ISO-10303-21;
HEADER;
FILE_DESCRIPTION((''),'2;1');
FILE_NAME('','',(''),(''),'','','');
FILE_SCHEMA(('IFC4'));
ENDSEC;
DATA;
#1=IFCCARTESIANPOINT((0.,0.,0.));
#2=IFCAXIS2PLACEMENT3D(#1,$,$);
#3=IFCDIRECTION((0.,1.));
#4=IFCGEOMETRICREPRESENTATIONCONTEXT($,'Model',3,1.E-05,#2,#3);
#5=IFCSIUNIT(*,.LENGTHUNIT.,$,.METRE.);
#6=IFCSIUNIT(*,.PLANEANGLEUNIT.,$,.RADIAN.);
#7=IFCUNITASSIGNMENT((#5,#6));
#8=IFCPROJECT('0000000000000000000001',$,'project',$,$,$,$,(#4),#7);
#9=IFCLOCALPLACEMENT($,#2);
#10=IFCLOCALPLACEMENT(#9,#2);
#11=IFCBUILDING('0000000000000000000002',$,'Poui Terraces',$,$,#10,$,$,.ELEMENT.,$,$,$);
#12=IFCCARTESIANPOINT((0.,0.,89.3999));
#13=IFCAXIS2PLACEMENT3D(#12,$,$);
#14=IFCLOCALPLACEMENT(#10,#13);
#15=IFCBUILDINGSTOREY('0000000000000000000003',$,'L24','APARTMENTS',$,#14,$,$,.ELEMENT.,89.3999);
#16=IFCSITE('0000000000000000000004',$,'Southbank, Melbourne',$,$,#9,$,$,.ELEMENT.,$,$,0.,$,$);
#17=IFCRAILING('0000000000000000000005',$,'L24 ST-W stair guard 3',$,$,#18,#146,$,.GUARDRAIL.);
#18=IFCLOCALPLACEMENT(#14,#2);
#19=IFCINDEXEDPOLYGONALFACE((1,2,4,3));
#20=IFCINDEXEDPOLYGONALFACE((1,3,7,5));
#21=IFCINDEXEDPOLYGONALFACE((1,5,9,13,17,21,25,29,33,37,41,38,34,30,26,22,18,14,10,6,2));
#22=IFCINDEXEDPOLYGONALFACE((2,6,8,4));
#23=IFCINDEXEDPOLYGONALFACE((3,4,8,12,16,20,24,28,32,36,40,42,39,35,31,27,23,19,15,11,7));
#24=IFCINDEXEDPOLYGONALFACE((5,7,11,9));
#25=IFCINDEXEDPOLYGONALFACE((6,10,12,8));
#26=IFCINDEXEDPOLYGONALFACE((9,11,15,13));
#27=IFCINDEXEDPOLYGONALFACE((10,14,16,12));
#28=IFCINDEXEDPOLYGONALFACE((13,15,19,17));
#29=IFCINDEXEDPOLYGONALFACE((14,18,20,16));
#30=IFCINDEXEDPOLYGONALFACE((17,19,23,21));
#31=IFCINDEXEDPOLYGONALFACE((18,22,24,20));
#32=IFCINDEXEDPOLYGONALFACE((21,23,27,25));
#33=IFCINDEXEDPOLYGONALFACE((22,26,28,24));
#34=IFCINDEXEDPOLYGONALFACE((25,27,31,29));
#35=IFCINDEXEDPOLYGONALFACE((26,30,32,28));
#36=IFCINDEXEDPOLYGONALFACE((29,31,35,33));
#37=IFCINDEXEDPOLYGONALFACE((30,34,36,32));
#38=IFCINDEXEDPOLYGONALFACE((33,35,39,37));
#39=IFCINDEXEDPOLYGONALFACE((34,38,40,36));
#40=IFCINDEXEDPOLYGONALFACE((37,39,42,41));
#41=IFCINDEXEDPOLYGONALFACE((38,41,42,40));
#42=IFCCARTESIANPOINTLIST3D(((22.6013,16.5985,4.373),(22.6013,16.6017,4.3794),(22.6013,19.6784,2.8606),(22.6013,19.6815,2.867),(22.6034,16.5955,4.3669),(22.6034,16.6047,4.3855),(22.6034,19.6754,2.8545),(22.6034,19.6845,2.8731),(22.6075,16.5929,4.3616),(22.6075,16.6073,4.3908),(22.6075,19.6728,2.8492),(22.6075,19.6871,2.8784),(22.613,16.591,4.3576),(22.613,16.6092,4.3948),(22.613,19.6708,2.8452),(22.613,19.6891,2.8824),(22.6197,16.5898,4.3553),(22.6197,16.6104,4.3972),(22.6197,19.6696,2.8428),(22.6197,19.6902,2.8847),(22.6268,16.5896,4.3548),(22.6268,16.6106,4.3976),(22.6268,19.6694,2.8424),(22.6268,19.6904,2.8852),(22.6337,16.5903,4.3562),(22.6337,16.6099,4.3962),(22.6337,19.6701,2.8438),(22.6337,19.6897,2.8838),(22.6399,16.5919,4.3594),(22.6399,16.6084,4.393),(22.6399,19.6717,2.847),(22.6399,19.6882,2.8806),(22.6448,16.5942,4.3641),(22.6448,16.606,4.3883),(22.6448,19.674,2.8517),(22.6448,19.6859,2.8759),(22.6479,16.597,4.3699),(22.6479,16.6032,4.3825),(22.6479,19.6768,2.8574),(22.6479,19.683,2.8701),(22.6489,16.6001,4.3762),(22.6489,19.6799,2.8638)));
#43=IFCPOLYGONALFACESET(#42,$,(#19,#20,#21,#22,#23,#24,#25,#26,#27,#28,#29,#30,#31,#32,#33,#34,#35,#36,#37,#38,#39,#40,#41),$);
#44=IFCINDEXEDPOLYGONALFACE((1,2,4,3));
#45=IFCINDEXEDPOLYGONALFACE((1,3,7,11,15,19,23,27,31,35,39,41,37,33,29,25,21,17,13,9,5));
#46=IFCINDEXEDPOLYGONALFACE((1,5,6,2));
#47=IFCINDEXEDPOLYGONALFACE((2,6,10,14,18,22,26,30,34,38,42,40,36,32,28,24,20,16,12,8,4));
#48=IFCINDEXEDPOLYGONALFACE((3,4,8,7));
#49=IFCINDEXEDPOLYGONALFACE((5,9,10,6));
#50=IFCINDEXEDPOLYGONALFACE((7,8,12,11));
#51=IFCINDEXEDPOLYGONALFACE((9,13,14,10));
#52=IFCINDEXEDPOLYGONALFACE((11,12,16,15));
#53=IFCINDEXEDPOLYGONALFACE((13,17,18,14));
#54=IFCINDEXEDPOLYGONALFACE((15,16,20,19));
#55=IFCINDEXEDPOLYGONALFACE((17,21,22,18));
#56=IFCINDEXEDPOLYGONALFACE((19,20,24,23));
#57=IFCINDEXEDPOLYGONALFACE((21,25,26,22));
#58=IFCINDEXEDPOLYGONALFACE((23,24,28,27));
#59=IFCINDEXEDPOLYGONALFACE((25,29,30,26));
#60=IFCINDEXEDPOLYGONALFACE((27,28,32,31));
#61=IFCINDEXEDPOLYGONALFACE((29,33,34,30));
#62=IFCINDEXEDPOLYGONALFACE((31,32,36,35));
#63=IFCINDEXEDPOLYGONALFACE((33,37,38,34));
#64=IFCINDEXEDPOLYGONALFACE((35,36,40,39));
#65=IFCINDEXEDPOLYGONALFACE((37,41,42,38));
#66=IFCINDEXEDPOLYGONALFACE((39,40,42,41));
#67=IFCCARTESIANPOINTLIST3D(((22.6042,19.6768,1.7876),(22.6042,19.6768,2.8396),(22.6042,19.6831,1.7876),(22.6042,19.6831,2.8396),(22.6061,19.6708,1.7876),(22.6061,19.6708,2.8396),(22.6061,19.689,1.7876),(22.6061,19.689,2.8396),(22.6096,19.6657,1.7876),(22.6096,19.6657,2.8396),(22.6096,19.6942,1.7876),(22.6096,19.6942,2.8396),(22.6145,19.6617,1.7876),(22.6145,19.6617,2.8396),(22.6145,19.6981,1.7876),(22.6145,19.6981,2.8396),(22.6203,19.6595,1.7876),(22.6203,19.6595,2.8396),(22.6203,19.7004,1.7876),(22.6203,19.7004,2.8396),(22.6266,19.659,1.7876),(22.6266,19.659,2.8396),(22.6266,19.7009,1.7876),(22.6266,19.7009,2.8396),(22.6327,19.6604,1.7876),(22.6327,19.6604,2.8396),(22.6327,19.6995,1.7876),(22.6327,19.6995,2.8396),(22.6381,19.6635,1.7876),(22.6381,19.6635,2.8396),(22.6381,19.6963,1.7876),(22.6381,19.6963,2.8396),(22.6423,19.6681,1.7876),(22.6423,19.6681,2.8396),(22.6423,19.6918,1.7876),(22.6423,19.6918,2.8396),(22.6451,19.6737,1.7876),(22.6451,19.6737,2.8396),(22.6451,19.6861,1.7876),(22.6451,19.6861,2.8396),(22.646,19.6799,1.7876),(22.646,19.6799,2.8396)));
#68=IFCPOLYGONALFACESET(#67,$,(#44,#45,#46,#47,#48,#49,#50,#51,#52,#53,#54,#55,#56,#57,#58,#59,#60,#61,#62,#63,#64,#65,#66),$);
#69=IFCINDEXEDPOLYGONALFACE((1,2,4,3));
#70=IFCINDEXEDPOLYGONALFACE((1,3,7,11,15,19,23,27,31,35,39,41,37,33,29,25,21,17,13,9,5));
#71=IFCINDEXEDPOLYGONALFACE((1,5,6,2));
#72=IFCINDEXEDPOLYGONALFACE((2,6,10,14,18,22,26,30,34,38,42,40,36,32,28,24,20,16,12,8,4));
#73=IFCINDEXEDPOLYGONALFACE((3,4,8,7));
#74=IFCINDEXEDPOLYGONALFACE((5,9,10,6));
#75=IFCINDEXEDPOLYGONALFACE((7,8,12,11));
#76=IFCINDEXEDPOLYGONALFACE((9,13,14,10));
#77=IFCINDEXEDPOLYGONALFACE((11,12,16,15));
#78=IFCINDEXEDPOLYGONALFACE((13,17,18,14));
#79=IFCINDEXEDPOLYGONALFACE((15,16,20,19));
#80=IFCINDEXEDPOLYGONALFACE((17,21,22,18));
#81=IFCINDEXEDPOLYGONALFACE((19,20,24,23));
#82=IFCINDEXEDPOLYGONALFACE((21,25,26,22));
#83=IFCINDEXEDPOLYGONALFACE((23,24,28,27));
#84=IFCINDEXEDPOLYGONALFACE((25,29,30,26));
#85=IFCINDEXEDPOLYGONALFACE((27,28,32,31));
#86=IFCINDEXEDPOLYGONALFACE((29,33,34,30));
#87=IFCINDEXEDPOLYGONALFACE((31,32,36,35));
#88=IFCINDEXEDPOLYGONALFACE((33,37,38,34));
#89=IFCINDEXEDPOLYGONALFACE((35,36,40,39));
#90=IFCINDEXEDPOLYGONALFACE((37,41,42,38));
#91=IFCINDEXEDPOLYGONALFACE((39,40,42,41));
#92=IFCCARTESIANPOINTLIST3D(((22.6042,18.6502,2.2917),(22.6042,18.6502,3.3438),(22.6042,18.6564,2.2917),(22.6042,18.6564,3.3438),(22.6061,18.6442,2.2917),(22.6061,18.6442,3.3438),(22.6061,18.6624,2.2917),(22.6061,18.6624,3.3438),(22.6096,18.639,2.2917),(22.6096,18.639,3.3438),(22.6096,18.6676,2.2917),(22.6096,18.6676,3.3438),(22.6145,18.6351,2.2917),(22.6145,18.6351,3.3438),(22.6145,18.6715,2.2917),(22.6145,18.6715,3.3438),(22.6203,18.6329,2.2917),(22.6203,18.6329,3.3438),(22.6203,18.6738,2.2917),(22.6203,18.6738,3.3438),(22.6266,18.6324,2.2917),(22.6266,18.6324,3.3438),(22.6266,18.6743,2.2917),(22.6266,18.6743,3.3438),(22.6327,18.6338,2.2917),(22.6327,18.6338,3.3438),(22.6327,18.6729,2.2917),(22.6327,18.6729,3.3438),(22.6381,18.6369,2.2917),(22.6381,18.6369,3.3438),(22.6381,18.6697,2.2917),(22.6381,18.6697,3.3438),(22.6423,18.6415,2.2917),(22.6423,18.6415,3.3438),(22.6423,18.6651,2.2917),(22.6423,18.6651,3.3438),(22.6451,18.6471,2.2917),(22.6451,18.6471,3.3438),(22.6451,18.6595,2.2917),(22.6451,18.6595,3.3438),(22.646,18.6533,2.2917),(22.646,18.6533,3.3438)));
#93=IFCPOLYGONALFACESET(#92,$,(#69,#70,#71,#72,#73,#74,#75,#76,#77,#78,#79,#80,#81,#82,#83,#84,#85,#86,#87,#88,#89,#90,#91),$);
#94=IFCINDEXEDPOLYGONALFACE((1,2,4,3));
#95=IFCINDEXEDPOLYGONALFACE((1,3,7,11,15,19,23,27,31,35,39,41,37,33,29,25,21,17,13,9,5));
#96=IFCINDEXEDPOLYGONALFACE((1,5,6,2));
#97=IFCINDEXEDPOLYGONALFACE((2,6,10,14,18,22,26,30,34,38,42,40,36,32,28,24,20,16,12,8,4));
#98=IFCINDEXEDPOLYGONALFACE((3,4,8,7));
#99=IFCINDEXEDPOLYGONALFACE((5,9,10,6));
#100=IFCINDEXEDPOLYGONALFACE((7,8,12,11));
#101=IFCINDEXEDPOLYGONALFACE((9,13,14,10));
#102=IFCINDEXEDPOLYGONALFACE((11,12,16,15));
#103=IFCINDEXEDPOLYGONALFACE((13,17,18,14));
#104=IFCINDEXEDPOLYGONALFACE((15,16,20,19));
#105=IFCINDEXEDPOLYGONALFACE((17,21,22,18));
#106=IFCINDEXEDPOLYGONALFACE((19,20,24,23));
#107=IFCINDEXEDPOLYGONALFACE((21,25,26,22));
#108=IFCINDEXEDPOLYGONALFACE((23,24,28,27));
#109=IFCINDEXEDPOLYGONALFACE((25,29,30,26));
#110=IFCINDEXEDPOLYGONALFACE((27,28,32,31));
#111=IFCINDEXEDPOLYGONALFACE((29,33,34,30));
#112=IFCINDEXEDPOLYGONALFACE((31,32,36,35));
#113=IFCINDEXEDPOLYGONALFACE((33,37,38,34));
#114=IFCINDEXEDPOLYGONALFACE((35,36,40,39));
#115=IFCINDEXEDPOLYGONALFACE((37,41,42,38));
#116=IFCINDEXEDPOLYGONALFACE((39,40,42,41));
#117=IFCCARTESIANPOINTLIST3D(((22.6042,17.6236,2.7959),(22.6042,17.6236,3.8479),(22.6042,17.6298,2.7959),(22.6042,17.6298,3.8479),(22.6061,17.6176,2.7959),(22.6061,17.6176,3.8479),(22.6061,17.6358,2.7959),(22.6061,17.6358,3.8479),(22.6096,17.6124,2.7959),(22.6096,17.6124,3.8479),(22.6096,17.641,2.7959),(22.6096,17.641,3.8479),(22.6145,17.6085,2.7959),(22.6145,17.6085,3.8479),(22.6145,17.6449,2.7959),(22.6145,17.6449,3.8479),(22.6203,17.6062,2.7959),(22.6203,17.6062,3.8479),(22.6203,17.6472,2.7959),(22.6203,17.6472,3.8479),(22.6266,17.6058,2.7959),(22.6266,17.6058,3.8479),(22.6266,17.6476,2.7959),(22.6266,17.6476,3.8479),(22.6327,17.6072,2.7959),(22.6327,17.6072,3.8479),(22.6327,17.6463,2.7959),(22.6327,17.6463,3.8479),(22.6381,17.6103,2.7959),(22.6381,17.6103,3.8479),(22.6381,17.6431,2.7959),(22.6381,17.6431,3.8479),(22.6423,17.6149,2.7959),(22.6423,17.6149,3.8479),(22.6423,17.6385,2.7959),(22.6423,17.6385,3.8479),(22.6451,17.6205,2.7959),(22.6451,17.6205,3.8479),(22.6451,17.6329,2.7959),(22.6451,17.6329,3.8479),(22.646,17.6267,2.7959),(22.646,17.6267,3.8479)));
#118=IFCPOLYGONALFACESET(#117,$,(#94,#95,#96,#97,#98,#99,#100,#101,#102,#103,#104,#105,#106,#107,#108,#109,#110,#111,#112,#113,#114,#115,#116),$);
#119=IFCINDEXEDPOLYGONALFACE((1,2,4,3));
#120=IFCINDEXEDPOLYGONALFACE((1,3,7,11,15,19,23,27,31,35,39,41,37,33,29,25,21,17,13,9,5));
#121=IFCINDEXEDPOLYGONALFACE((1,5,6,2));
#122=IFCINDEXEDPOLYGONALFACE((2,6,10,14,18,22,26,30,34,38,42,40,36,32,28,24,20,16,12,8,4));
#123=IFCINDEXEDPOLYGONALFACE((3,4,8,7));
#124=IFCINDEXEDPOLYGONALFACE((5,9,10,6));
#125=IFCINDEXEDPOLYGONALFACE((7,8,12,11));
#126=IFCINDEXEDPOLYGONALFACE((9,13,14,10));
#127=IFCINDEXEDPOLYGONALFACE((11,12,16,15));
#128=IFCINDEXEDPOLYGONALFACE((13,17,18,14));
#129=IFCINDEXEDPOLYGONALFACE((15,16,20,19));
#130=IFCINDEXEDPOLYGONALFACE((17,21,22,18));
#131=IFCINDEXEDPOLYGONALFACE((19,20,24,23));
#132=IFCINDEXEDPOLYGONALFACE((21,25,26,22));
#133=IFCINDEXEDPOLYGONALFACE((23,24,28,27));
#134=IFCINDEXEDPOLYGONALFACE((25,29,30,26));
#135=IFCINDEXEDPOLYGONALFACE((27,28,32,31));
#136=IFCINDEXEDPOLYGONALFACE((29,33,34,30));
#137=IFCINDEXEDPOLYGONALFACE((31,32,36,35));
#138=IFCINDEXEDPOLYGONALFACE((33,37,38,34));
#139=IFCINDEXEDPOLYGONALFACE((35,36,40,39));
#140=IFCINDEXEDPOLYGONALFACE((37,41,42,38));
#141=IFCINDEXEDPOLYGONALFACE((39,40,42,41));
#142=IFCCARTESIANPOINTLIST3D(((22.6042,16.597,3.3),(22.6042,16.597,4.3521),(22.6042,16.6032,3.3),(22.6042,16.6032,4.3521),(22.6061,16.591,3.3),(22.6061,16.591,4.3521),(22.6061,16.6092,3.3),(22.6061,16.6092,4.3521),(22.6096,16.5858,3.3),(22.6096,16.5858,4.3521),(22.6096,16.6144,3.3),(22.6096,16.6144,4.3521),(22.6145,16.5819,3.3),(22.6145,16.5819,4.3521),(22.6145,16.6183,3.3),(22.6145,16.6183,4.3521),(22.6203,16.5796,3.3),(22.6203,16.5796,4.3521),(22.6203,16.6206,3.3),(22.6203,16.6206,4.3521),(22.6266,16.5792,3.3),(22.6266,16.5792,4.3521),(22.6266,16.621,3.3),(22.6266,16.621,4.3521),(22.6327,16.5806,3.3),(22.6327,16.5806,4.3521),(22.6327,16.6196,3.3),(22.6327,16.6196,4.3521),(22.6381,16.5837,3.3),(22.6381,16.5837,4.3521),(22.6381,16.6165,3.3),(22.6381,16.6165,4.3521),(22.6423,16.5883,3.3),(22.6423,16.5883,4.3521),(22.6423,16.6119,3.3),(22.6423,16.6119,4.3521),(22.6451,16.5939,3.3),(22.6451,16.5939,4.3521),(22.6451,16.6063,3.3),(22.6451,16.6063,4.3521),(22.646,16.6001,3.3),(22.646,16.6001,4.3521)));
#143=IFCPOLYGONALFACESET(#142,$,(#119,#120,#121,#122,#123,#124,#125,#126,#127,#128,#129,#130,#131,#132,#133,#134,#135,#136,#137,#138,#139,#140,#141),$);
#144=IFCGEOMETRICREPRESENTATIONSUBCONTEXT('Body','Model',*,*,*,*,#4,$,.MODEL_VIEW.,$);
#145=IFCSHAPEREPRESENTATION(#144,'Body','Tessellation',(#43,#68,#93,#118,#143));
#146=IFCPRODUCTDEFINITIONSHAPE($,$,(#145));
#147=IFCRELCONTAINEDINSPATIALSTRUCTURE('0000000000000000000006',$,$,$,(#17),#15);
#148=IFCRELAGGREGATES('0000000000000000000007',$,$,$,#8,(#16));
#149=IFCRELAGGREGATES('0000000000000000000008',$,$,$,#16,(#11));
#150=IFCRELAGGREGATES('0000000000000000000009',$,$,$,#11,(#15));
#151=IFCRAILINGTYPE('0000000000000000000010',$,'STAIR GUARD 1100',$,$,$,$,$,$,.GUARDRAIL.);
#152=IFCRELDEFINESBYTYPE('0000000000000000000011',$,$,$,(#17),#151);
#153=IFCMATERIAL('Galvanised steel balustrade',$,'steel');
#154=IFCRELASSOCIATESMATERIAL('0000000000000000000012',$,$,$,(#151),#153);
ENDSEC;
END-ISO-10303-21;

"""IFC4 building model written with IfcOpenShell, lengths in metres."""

from ifc_helpers import new_model, si_unit, direction, frame, origin, origin_2d, place, context, subcontext, project, spatial, circle, extrude, material, type_object, element, save


model = new_model("IFC4")

# Units and contexts
model_context = context("Model", 3, precision=1e-05, world=origin(), true_north=direction((0.0, 1.0)))
body_context = subcontext(model_context, "Body", "Model", "MODEL_VIEW")
ifc_project = project(units=[si_unit("LENGTHUNIT", "METRE"), si_unit("PLANEANGLEUNIT", "RADIAN")], contexts=[model_context])

# Site, building, storey
site_placement = place(None, origin())
site = spatial("IfcSite", under=ifc_project, at=site_placement, Name="Southbank, Melbourne", CompositionType="ELEMENT", RefElevation=0.0)
building_placement = place(site_placement, origin())
building = spatial("IfcBuilding", under=site, at=building_placement, Name="Poui Terraces", CompositionType="ELEMENT")
storey_placement = place(building_placement, frame((0.0, 0.0, 89.3999)))
storey = spatial("IfcBuildingStorey", under=building, at=storey_placement, Name="L24", Description="APARTMENTS", CompositionType="ELEMENT", Elevation=89.3999)

# Railing
ifc_material_1 = material(Name="Galvanised steel balustrade", Category="steel")
railing_type_1 = type_object("IfcRailingType", Name="STAIR GUARD 1100", PredefinedType="GUARDRAIL", material=ifc_material_1)
railing_1_placement = place(storey_placement, frame((22.625, 19.6799, 1.7876)))
element("IfcRailing", 1, at=railing_1_placement, inside=storey, type_object=railing_type_1, Name="L24 ST-W stair guard 3", PredefinedType="GUARDRAIL", context=body_context, shape_type="SweptSolid", body=[
    extrude(circle(Radius=0.0239, at=origin_2d()), frame((0.0, 0.0, 1.0762), z_axis=(0.0, -0.897606, 0.440798), x_axis=(1.0, 0.0, 0.0)), (0.0, 0.0, 1.0), 3.4312),
    extrude(circle(Radius=0.021, at=origin_2d()), origin(), (0.0, 0.0, 1.0), 1.052),
    extrude(circle(Radius=0.021, at=origin_2d()), frame((0.0, -1.0266, 0.5042)), (0.0, 0.0, 1.0), 1.052),
    extrude(circle(Radius=0.021, at=origin_2d()), frame((0.0, -2.0532, 1.0083)), (0.0, 0.0, 1.0), 1.052),
    extrude(circle(Radius=0.021, at=origin_2d()), frame((0.0, -3.0798, 1.5125)), (0.0, 0.0, 1.0), 1.052),
])

save(model, "model.ifc")
